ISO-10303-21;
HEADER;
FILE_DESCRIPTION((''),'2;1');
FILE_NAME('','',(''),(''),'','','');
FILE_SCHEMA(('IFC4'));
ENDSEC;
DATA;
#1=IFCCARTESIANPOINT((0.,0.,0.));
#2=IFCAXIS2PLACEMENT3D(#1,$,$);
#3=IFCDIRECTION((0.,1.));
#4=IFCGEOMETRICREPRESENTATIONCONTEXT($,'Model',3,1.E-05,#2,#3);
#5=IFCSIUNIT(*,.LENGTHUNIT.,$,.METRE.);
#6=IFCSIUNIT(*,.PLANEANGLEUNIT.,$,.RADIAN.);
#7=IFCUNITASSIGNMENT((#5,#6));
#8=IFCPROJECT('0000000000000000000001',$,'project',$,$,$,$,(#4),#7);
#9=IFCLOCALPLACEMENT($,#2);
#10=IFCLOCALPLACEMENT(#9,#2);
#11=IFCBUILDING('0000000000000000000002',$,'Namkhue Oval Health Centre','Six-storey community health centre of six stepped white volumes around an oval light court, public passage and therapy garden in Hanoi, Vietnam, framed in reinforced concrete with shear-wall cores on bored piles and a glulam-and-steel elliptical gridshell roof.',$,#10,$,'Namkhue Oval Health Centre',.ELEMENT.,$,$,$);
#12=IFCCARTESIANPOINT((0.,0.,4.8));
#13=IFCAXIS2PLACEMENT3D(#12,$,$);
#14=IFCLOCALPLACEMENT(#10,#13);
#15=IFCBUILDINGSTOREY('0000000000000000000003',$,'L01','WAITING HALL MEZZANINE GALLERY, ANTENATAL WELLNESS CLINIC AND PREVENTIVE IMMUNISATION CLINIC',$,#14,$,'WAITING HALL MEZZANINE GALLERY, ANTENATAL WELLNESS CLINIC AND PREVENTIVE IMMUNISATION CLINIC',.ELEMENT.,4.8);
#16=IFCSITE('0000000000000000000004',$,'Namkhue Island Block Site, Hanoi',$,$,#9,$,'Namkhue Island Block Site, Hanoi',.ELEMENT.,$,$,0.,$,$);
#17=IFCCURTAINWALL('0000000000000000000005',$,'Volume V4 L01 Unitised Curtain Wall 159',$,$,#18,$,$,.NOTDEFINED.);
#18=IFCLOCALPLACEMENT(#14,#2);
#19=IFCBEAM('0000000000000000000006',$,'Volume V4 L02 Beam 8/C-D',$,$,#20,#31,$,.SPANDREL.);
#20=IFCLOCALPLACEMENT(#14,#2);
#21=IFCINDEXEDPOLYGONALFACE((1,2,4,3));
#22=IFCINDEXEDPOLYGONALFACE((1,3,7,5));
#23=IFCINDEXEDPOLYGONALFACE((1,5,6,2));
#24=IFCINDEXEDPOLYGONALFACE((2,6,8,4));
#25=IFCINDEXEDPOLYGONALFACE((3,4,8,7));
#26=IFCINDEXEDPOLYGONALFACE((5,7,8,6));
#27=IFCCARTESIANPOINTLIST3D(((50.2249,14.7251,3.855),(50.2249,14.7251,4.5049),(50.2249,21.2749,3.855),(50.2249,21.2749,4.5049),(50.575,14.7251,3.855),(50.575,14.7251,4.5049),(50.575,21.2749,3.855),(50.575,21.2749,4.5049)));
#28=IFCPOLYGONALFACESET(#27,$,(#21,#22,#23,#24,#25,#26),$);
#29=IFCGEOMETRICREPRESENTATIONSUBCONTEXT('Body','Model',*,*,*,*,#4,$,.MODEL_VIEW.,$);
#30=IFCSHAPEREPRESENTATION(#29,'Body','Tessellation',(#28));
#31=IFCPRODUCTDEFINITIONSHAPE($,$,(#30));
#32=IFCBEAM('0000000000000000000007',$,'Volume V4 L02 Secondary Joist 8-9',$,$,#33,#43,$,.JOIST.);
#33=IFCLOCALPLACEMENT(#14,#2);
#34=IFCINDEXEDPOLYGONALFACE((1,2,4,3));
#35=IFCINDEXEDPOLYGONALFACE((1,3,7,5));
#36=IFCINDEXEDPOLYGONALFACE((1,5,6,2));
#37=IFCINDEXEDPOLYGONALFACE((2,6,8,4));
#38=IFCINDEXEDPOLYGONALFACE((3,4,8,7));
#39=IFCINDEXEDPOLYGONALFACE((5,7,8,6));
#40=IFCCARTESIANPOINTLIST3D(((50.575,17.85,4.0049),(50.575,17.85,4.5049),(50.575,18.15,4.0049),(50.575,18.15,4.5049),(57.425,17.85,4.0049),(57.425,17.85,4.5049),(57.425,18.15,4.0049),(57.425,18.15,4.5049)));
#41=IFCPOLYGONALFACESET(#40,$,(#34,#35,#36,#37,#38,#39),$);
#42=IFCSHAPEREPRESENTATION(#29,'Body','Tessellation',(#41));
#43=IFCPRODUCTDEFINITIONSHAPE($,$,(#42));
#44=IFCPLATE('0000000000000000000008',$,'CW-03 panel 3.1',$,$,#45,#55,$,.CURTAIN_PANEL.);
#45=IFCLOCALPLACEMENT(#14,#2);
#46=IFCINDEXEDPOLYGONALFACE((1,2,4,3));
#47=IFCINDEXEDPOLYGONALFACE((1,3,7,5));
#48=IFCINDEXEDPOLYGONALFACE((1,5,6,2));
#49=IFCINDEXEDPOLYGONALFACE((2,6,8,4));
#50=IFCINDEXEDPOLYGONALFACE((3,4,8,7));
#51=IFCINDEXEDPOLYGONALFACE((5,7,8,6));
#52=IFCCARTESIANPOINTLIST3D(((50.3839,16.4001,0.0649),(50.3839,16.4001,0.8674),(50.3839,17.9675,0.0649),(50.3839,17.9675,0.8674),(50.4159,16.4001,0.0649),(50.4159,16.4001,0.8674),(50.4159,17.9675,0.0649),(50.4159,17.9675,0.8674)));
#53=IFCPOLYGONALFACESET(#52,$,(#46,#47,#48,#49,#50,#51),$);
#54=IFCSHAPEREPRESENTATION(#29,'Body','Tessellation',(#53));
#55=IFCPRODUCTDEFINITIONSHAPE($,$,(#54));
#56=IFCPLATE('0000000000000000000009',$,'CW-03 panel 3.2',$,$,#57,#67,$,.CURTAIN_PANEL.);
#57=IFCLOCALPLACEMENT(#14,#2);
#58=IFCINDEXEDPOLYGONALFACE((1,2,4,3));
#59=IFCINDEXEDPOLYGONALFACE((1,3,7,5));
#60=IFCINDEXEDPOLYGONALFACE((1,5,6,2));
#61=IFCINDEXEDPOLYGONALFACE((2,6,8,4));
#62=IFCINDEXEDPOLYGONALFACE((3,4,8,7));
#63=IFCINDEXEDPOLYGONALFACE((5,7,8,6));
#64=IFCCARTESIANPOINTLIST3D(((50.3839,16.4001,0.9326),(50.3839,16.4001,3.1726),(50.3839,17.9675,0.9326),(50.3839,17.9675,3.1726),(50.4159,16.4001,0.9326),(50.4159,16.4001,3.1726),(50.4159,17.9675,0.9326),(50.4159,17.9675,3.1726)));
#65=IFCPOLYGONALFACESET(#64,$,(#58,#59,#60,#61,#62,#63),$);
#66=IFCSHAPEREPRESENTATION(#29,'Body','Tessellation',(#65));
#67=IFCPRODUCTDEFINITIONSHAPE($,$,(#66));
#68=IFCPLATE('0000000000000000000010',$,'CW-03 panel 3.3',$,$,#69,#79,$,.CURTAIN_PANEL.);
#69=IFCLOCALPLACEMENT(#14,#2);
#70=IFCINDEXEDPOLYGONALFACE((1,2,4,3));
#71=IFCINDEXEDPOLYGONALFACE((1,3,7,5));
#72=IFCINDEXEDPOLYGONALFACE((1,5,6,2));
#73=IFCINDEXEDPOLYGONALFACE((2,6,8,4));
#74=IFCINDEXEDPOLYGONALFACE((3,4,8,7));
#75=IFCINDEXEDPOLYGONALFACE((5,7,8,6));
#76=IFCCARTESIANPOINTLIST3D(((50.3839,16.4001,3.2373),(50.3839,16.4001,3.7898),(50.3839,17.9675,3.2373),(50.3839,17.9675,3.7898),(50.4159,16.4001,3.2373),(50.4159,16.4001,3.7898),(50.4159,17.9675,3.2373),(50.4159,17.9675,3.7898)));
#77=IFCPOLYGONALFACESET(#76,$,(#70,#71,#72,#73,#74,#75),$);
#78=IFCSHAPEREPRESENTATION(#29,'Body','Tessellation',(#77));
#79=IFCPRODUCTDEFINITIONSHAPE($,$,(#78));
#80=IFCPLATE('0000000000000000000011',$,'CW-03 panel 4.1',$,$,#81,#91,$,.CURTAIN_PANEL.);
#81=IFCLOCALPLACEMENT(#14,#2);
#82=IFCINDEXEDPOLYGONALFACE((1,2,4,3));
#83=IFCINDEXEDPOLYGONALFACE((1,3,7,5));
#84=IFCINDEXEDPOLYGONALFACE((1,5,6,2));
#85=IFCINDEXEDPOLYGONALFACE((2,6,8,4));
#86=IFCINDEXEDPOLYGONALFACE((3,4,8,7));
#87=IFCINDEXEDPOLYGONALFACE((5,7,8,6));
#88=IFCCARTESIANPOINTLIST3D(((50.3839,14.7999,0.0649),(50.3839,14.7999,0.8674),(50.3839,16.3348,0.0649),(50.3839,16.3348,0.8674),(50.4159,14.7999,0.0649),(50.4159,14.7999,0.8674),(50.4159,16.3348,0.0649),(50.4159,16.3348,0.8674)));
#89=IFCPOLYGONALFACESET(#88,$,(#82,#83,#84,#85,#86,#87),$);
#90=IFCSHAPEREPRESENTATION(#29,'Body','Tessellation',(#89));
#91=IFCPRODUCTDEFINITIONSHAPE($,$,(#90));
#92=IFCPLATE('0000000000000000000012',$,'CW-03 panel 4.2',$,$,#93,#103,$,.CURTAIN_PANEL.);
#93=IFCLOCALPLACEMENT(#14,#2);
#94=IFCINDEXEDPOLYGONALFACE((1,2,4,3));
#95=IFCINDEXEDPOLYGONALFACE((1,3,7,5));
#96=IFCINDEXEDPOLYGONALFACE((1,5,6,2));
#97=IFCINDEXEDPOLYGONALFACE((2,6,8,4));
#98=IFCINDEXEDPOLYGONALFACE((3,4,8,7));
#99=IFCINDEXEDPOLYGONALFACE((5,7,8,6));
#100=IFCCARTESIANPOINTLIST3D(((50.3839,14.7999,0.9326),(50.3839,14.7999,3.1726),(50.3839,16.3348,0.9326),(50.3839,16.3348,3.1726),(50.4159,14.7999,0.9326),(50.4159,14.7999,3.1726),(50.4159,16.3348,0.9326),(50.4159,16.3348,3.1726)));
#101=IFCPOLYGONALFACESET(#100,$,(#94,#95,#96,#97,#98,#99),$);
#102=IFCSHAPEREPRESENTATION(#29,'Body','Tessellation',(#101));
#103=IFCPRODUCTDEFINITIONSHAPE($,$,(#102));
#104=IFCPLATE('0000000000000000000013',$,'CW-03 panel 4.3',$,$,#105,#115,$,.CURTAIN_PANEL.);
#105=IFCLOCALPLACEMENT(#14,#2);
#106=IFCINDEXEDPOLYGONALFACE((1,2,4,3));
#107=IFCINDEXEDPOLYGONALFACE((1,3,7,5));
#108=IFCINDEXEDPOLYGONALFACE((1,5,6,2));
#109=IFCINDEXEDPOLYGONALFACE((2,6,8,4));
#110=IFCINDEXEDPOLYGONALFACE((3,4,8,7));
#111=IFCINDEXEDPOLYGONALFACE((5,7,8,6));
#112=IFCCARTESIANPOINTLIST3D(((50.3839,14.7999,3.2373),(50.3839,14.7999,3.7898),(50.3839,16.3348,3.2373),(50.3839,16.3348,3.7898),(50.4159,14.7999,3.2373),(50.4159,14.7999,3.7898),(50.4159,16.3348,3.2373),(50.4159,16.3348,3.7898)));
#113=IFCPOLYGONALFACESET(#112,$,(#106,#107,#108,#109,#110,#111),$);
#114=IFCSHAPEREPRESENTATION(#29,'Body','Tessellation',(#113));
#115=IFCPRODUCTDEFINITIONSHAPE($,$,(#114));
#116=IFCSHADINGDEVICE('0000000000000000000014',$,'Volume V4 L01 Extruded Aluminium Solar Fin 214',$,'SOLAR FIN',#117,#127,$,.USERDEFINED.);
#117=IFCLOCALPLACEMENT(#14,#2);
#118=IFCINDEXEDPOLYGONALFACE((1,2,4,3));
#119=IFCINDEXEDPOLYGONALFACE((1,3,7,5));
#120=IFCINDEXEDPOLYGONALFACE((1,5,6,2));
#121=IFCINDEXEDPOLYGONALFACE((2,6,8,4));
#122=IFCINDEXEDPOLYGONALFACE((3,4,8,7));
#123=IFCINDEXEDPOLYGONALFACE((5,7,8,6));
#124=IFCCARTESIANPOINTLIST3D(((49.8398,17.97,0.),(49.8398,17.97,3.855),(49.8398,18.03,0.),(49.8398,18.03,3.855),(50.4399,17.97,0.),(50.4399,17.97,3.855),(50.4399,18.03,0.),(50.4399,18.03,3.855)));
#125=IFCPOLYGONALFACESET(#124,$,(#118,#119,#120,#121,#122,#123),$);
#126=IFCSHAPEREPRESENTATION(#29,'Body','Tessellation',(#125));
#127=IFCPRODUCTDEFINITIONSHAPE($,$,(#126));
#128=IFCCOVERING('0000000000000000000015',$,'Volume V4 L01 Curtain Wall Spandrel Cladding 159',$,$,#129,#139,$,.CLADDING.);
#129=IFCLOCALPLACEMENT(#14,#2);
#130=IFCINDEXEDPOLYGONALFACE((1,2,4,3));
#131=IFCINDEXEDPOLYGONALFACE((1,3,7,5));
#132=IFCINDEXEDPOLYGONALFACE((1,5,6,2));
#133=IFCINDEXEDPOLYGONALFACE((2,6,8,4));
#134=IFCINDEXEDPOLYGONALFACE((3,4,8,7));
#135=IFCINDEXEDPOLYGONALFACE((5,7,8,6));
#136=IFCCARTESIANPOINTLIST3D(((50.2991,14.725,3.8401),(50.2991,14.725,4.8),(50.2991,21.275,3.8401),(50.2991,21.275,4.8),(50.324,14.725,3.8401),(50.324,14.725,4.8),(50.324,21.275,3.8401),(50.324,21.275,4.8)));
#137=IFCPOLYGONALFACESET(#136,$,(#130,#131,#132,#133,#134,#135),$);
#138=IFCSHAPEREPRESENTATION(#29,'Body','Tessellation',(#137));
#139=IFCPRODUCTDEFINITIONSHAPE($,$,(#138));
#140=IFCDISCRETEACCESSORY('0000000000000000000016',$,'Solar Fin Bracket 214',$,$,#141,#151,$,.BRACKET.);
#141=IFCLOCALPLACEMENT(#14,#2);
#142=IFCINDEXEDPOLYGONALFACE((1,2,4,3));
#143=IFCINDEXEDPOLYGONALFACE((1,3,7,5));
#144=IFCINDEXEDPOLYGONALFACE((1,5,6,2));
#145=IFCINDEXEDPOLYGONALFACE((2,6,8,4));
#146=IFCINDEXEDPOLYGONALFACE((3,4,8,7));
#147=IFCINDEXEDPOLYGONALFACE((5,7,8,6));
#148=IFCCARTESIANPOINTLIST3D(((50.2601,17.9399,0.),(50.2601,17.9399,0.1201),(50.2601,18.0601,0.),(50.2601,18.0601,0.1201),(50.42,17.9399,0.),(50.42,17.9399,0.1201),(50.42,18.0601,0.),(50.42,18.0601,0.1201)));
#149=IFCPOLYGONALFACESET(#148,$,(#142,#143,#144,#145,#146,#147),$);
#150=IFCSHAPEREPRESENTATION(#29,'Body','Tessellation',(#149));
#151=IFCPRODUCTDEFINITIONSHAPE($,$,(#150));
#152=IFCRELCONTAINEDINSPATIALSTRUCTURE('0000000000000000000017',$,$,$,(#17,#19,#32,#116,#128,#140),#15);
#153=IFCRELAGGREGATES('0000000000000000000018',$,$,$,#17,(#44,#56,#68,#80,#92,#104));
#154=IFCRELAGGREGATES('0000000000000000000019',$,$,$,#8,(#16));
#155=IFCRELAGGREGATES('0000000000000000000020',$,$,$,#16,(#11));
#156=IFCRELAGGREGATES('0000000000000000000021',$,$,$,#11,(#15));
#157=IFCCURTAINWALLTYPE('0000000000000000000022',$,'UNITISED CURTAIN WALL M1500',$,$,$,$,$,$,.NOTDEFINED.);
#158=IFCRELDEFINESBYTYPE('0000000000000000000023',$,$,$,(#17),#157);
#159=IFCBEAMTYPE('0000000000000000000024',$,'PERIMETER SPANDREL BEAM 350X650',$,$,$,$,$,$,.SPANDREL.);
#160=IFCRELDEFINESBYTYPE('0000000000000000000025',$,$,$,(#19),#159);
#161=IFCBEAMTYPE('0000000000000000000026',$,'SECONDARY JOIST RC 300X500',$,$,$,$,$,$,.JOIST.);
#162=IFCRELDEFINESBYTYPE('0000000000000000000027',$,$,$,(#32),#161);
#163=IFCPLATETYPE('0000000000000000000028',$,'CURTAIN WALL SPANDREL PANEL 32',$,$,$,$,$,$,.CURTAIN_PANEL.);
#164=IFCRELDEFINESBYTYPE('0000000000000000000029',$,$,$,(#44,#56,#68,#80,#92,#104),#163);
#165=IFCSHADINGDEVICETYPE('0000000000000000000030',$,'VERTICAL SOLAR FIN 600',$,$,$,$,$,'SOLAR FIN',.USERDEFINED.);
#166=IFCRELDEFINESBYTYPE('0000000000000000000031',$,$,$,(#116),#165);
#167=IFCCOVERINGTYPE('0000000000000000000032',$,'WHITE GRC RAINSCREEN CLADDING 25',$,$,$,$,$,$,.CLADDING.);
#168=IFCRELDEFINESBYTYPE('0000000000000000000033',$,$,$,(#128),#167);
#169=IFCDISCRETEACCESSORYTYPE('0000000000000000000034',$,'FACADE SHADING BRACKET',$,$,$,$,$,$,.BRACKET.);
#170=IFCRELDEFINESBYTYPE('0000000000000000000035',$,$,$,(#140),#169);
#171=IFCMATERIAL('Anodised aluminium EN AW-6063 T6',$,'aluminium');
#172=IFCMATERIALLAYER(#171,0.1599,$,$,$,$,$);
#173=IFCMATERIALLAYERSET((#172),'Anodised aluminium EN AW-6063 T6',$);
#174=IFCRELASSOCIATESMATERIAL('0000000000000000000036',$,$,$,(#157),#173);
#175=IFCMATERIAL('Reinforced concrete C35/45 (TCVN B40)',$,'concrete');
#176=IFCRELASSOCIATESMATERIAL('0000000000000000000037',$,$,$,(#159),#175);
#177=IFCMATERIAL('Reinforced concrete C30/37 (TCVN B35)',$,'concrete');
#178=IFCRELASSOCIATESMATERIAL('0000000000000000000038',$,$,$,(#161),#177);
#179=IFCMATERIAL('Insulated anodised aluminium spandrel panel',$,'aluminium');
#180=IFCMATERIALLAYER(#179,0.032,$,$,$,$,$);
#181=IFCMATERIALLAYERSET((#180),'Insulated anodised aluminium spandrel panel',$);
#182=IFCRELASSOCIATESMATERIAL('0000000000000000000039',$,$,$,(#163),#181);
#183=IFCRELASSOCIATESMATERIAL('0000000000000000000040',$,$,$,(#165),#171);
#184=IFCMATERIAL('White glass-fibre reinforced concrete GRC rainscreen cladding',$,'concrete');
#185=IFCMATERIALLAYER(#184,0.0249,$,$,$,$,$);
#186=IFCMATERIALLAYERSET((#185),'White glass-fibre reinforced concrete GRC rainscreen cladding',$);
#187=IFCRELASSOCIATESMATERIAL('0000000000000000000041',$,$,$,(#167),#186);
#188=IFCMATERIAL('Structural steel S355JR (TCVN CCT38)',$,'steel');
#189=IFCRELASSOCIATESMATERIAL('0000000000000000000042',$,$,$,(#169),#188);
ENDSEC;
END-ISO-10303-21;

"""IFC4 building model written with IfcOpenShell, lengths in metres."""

from ifc_helpers import new_model, si_unit, direction, frame, origin, origin_2d, place, context, subcontext, project, spatial, rectangle, extrude, material, layer, layer_set, material_profile, profile_set, type_object, element, aggregate, save


model = new_model("IFC4")

# Units and contexts
model_context = context("Model", 3, precision=1e-05, world=origin(), true_north=direction((0.0, 1.0)))
body_context = subcontext(model_context, "Body", "Model", "MODEL_VIEW")
ifc_project = project(units=[si_unit("LENGTHUNIT", "METRE"), si_unit("PLANEANGLEUNIT", "RADIAN")], contexts=[model_context])

# Site, building, storey
site_placement = place(None, origin())
site = spatial("IfcSite", under=ifc_project, at=site_placement, Name="Namkhue Island Block Site, Hanoi", LongName="Namkhue Island Block Site, Hanoi", CompositionType="ELEMENT", RefElevation=0.0)
building_placement = place(site_placement, origin())
building = spatial("IfcBuilding", under=site, at=building_placement, Name="Namkhue Oval Health Centre", Description="Six-storey community health centre of six stepped white volumes around an oval light court, public passage and therapy garden in Hanoi, Vietnam, framed in reinforced concrete with shear-wall cores on bored piles and a glulam-and-steel elliptical gridshell roof.", LongName="Namkhue Oval Health Centre", CompositionType="ELEMENT")
storey_placement = place(building_placement, frame((0.0, 0.0, 4.8)))
storey = spatial("IfcBuildingStorey", under=building, at=storey_placement, Name="L01", Description="WAITING HALL MEZZANINE GALLERY, ANTENATAL WELLNESS CLINIC AND PREVENTIVE IMMUNISATION CLINIC", LongName="WAITING HALL MEZZANINE GALLERY, ANTENATAL WELLNESS CLINIC AND PREVENTIVE IMMUNISATION CLINIC", CompositionType="ELEMENT", Elevation=4.8)

# Shared definitions
ifc_material_1 = material(Name="Reinforced concrete C35/45 (TCVN B40)", Category="concrete")

# Curtain wall
ifc_material_2 = material(Name="Anodised aluminium EN AW-6063 T6", Category="aluminium")
ifc_layer_1 = layer(ifc_material_2, 0.1599)
ifc_layer_set_1 = layer_set([ifc_layer_1], Name="Anodised aluminium EN AW-6063 T6")
curtain_wall_type = type_object("IfcCurtainWallType", Name="UNITISED CURTAIN WALL M1500", PredefinedType="NOTDEFINED", material=ifc_layer_set_1)
curtain_wall_placement = place(storey_placement, origin())
curtain_wall = element("IfcCurtainWall", 1, at=curtain_wall_placement, inside=storey, type_object=curtain_wall_type, Name="Volume V4 L01 Unitised Curtain Wall 159", PredefinedType="NOTDEFINED")

# Beams
ifc_material_profile_1 = material_profile(ifc_material_1, rectangle(XDim=0.3501, YDim=0.6499, at=origin_2d()), Name="RC 350x650")
ifc_profile_set_1 = profile_set([ifc_material_profile_1], Name="Reinforced concrete C35/45 (TCVN B40)")
beam_type_1 = type_object("IfcBeamType", Name="PERIMETER SPANDREL BEAM 350X650", PredefinedType="SPANDREL", material=ifc_profile_set_1)
beam_1_placement = place(storey_placement, frame((50.3999, 14.7251, 4.1799), z_axis=(0.0, 1.0, 0.0), x_axis=(-1.0, 0.0, 0.0)))
element("IfcBeam", 2, at=beam_1_placement, inside=storey, type_object=beam_type_1, Name="Volume V4 L02 Beam 8/C-D", PredefinedType="SPANDREL", context=body_context, shape_type="SweptSolid", body=[
    extrude(rectangle(XDim=0.3501, YDim=0.6499, at=origin_2d()), origin(), (0.0, 0.0, 1.0), 6.5498),
])
ifc_material_3 = material(Name="Reinforced concrete C30/37 (TCVN B35)", Category="concrete")
ifc_material_profile_2 = material_profile(ifc_material_3, rectangle(XDim=0.3, YDim=0.5, at=origin_2d()), Name="RC 300x500")
ifc_profile_set_2 = profile_set([ifc_material_profile_2], Name="Reinforced concrete C30/37 (TCVN B35)")
beam_type_2 = type_object("IfcBeamType", Name="SECONDARY JOIST RC 300X500", PredefinedType="JOIST", material=ifc_profile_set_2)
beam_2_placement = place(storey_placement, frame((50.575, 18.0, 4.2549), z_axis=(1.0, 0.0, 0.0), x_axis=(0.0, 1.0, 0.0)))
element("IfcBeam", 3, at=beam_2_placement, inside=storey, type_object=beam_type_2, Name="Volume V4 L02 Secondary Joist 8-9", PredefinedType="JOIST", context=body_context, shape_type="SweptSolid", body=[
    extrude(rectangle(XDim=0.3, YDim=0.5, at=origin_2d()), origin(), (0.0, 0.0, 1.0), 6.8501),
])

# Plates
ifc_material_4 = material(Name="Insulated anodised aluminium spandrel panel", Category="aluminium")
ifc_layer_2 = layer(ifc_material_4, 0.032)
ifc_layer_set_2 = layer_set([ifc_layer_2], Name="Insulated anodised aluminium spandrel panel")
plate_type = type_object("IfcPlateType", Name="CURTAIN WALL SPANDREL PANEL 32", PredefinedType="CURTAIN_PANEL", material=ifc_layer_set_2)
plate_1_placement = place(storey_placement, frame((50.3999, 17.1838, 0.0649), z_axis=(0.0, 0.0, 1.0), x_axis=(0.0, -1.0, 0.0)))
plate_1 = element("IfcPlate", 4, at=plate_1_placement, type_object=plate_type, Name="CW-03 panel 3.1", PredefinedType="CURTAIN_PANEL", context=body_context, shape_type="SweptSolid", body=[
    extrude(rectangle(XDim=1.5674, YDim=0.032, at=origin_2d()), origin(), (0.0, 0.0, 1.0), 0.8025),
])
plate_2_placement = place(storey_placement, frame((50.3999, 17.1838, 0.9326), z_axis=(0.0, 0.0, 1.0), x_axis=(0.0, -1.0, 0.0)))
plate_2 = element("IfcPlate", 5, at=plate_2_placement, type_object=plate_type, Name="CW-03 panel 3.2", PredefinedType="CURTAIN_PANEL", context=body_context, shape_type="SweptSolid", body=[
    extrude(rectangle(XDim=1.5674, YDim=0.032, at=origin_2d()), origin(), (0.0, 0.0, 1.0), 2.24),
])
plate_3_placement = place(storey_placement, frame((50.3999, 17.1838, 3.2373), z_axis=(0.0, 0.0, 1.0), x_axis=(0.0, -1.0, 0.0)))
plate_3 = element("IfcPlate", 6, at=plate_3_placement, type_object=plate_type, Name="CW-03 panel 3.3", PredefinedType="CURTAIN_PANEL", context=body_context, shape_type="SweptSolid", body=[
    extrude(rectangle(XDim=1.5674, YDim=0.032, at=origin_2d()), origin(), (0.0, 0.0, 1.0), 0.5525),
])
plate_4_placement = place(storey_placement, frame((50.3999, 15.5674, 0.0649), z_axis=(0.0, 0.0, 1.0), x_axis=(0.0, -1.0, 0.0)))
plate_4 = element("IfcPlate", 7, at=plate_4_placement, type_object=plate_type, Name="CW-03 panel 4.1", PredefinedType="CURTAIN_PANEL", context=body_context, shape_type="SweptSolid", body=[
    extrude(rectangle(XDim=1.5349, YDim=0.032, at=origin_2d()), origin(), (0.0, 0.0, 1.0), 0.8025),
])
plate_5_placement = place(storey_placement, frame((50.3999, 15.5674, 0.9326), z_axis=(0.0, 0.0, 1.0), x_axis=(0.0, -1.0, 0.0)))
plate_5 = element("IfcPlate", 8, at=plate_5_placement, type_object=plate_type, Name="CW-03 panel 4.2", PredefinedType="CURTAIN_PANEL", context=body_context, shape_type="SweptSolid", body=[
    extrude(rectangle(XDim=1.5349, YDim=0.032, at=origin_2d()), origin(), (0.0, 0.0, 1.0), 2.24),
])
plate_6_placement = place(storey_placement, frame((50.3999, 15.5674, 3.2373), z_axis=(0.0, 0.0, 1.0), x_axis=(0.0, -1.0, 0.0)))
plate_6 = element("IfcPlate", 9, at=plate_6_placement, type_object=plate_type, Name="CW-03 panel 4.3", PredefinedType="CURTAIN_PANEL", context=body_context, shape_type="SweptSolid", body=[
    extrude(rectangle(XDim=1.5349, YDim=0.032, at=origin_2d()), origin(), (0.0, 0.0, 1.0), 0.5525),
])
aggregate(curtain_wall, [plate_1, plate_2, plate_3, plate_4, plate_5, plate_6])

# Shading device
shading_device_type = type_object("IfcShadingDeviceType", Name="VERTICAL SOLAR FIN 600", ElementType="SOLAR FIN", PredefinedType="USERDEFINED", material=ifc_material_2)
shading_device_placement = place(storey_placement, frame((50.1399, 18.0, 0.0), z_axis=(0.0, 0.0, 1.0), x_axis=(-1.0, 0.0, 0.0)))
element("IfcShadingDevice", 10, at=shading_device_placement, inside=storey, type_object=shading_device_type, Name="Volume V4 L01 Extruded Aluminium Solar Fin 214", ObjectType="SOLAR FIN", PredefinedType="USERDEFINED", context=body_context, shape_type="SweptSolid", body=[
    extrude(rectangle(XDim=0.6001, YDim=0.0601, at=origin_2d()), origin(), (0.0, 0.0, 1.0), 3.855),
])

# Covering
ifc_material_5 = material(Name="White glass-fibre reinforced concrete GRC rainscreen cladding", Category="concrete")
ifc_layer_3 = layer(ifc_material_5, 0.0249)
ifc_layer_set_3 = layer_set([ifc_layer_3], Name="White glass-fibre reinforced concrete GRC rainscreen cladding")
covering_type = type_object("IfcCoveringType", Name="WHITE GRC RAINSCREEN CLADDING 25", PredefinedType="CLADDING", material=ifc_layer_set_3)
covering_placement = place(storey_placement, frame((50.3115, 18.0, 3.8401), z_axis=(0.0, 0.0, 1.0), x_axis=(0.0, -1.0, 0.0)))
element("IfcCovering", 11, at=covering_placement, inside=storey, type_object=covering_type, Name="Volume V4 L01 Curtain Wall Spandrel Cladding 159", PredefinedType="CLADDING", context=body_context, shape_type="SweptSolid", body=[
    extrude(rectangle(XDim=6.55, YDim=0.0249, at=origin_2d()), origin(), (0.0, 0.0, 1.0), 0.96),
])

# Discrete accessory
ifc_material_6 = material(Name="Structural steel S355JR (TCVN CCT38)", Category="steel")
discrete_accessory_type = type_object("IfcDiscreteAccessoryType", Name="FACADE SHADING BRACKET", PredefinedType="BRACKET", material=ifc_material_6)
discrete_accessory_placement = place(storey_placement, frame((50.3401, 18.0, 0.0), z_axis=(0.0, 0.0, 1.0), x_axis=(-1.0, 0.0, 0.0)))
element("IfcDiscreteAccessory", 12, at=discrete_accessory_placement, inside=storey, type_object=discrete_accessory_type, Name="Solar Fin Bracket 214", PredefinedType="BRACKET", context=body_context, shape_type="SweptSolid", body=[
    extrude(rectangle(XDim=0.1599, YDim=0.1201, at=origin_2d()), origin(), (0.0, 0.0, 1.0), 0.1201),
])

save(model, "model.ifc")
